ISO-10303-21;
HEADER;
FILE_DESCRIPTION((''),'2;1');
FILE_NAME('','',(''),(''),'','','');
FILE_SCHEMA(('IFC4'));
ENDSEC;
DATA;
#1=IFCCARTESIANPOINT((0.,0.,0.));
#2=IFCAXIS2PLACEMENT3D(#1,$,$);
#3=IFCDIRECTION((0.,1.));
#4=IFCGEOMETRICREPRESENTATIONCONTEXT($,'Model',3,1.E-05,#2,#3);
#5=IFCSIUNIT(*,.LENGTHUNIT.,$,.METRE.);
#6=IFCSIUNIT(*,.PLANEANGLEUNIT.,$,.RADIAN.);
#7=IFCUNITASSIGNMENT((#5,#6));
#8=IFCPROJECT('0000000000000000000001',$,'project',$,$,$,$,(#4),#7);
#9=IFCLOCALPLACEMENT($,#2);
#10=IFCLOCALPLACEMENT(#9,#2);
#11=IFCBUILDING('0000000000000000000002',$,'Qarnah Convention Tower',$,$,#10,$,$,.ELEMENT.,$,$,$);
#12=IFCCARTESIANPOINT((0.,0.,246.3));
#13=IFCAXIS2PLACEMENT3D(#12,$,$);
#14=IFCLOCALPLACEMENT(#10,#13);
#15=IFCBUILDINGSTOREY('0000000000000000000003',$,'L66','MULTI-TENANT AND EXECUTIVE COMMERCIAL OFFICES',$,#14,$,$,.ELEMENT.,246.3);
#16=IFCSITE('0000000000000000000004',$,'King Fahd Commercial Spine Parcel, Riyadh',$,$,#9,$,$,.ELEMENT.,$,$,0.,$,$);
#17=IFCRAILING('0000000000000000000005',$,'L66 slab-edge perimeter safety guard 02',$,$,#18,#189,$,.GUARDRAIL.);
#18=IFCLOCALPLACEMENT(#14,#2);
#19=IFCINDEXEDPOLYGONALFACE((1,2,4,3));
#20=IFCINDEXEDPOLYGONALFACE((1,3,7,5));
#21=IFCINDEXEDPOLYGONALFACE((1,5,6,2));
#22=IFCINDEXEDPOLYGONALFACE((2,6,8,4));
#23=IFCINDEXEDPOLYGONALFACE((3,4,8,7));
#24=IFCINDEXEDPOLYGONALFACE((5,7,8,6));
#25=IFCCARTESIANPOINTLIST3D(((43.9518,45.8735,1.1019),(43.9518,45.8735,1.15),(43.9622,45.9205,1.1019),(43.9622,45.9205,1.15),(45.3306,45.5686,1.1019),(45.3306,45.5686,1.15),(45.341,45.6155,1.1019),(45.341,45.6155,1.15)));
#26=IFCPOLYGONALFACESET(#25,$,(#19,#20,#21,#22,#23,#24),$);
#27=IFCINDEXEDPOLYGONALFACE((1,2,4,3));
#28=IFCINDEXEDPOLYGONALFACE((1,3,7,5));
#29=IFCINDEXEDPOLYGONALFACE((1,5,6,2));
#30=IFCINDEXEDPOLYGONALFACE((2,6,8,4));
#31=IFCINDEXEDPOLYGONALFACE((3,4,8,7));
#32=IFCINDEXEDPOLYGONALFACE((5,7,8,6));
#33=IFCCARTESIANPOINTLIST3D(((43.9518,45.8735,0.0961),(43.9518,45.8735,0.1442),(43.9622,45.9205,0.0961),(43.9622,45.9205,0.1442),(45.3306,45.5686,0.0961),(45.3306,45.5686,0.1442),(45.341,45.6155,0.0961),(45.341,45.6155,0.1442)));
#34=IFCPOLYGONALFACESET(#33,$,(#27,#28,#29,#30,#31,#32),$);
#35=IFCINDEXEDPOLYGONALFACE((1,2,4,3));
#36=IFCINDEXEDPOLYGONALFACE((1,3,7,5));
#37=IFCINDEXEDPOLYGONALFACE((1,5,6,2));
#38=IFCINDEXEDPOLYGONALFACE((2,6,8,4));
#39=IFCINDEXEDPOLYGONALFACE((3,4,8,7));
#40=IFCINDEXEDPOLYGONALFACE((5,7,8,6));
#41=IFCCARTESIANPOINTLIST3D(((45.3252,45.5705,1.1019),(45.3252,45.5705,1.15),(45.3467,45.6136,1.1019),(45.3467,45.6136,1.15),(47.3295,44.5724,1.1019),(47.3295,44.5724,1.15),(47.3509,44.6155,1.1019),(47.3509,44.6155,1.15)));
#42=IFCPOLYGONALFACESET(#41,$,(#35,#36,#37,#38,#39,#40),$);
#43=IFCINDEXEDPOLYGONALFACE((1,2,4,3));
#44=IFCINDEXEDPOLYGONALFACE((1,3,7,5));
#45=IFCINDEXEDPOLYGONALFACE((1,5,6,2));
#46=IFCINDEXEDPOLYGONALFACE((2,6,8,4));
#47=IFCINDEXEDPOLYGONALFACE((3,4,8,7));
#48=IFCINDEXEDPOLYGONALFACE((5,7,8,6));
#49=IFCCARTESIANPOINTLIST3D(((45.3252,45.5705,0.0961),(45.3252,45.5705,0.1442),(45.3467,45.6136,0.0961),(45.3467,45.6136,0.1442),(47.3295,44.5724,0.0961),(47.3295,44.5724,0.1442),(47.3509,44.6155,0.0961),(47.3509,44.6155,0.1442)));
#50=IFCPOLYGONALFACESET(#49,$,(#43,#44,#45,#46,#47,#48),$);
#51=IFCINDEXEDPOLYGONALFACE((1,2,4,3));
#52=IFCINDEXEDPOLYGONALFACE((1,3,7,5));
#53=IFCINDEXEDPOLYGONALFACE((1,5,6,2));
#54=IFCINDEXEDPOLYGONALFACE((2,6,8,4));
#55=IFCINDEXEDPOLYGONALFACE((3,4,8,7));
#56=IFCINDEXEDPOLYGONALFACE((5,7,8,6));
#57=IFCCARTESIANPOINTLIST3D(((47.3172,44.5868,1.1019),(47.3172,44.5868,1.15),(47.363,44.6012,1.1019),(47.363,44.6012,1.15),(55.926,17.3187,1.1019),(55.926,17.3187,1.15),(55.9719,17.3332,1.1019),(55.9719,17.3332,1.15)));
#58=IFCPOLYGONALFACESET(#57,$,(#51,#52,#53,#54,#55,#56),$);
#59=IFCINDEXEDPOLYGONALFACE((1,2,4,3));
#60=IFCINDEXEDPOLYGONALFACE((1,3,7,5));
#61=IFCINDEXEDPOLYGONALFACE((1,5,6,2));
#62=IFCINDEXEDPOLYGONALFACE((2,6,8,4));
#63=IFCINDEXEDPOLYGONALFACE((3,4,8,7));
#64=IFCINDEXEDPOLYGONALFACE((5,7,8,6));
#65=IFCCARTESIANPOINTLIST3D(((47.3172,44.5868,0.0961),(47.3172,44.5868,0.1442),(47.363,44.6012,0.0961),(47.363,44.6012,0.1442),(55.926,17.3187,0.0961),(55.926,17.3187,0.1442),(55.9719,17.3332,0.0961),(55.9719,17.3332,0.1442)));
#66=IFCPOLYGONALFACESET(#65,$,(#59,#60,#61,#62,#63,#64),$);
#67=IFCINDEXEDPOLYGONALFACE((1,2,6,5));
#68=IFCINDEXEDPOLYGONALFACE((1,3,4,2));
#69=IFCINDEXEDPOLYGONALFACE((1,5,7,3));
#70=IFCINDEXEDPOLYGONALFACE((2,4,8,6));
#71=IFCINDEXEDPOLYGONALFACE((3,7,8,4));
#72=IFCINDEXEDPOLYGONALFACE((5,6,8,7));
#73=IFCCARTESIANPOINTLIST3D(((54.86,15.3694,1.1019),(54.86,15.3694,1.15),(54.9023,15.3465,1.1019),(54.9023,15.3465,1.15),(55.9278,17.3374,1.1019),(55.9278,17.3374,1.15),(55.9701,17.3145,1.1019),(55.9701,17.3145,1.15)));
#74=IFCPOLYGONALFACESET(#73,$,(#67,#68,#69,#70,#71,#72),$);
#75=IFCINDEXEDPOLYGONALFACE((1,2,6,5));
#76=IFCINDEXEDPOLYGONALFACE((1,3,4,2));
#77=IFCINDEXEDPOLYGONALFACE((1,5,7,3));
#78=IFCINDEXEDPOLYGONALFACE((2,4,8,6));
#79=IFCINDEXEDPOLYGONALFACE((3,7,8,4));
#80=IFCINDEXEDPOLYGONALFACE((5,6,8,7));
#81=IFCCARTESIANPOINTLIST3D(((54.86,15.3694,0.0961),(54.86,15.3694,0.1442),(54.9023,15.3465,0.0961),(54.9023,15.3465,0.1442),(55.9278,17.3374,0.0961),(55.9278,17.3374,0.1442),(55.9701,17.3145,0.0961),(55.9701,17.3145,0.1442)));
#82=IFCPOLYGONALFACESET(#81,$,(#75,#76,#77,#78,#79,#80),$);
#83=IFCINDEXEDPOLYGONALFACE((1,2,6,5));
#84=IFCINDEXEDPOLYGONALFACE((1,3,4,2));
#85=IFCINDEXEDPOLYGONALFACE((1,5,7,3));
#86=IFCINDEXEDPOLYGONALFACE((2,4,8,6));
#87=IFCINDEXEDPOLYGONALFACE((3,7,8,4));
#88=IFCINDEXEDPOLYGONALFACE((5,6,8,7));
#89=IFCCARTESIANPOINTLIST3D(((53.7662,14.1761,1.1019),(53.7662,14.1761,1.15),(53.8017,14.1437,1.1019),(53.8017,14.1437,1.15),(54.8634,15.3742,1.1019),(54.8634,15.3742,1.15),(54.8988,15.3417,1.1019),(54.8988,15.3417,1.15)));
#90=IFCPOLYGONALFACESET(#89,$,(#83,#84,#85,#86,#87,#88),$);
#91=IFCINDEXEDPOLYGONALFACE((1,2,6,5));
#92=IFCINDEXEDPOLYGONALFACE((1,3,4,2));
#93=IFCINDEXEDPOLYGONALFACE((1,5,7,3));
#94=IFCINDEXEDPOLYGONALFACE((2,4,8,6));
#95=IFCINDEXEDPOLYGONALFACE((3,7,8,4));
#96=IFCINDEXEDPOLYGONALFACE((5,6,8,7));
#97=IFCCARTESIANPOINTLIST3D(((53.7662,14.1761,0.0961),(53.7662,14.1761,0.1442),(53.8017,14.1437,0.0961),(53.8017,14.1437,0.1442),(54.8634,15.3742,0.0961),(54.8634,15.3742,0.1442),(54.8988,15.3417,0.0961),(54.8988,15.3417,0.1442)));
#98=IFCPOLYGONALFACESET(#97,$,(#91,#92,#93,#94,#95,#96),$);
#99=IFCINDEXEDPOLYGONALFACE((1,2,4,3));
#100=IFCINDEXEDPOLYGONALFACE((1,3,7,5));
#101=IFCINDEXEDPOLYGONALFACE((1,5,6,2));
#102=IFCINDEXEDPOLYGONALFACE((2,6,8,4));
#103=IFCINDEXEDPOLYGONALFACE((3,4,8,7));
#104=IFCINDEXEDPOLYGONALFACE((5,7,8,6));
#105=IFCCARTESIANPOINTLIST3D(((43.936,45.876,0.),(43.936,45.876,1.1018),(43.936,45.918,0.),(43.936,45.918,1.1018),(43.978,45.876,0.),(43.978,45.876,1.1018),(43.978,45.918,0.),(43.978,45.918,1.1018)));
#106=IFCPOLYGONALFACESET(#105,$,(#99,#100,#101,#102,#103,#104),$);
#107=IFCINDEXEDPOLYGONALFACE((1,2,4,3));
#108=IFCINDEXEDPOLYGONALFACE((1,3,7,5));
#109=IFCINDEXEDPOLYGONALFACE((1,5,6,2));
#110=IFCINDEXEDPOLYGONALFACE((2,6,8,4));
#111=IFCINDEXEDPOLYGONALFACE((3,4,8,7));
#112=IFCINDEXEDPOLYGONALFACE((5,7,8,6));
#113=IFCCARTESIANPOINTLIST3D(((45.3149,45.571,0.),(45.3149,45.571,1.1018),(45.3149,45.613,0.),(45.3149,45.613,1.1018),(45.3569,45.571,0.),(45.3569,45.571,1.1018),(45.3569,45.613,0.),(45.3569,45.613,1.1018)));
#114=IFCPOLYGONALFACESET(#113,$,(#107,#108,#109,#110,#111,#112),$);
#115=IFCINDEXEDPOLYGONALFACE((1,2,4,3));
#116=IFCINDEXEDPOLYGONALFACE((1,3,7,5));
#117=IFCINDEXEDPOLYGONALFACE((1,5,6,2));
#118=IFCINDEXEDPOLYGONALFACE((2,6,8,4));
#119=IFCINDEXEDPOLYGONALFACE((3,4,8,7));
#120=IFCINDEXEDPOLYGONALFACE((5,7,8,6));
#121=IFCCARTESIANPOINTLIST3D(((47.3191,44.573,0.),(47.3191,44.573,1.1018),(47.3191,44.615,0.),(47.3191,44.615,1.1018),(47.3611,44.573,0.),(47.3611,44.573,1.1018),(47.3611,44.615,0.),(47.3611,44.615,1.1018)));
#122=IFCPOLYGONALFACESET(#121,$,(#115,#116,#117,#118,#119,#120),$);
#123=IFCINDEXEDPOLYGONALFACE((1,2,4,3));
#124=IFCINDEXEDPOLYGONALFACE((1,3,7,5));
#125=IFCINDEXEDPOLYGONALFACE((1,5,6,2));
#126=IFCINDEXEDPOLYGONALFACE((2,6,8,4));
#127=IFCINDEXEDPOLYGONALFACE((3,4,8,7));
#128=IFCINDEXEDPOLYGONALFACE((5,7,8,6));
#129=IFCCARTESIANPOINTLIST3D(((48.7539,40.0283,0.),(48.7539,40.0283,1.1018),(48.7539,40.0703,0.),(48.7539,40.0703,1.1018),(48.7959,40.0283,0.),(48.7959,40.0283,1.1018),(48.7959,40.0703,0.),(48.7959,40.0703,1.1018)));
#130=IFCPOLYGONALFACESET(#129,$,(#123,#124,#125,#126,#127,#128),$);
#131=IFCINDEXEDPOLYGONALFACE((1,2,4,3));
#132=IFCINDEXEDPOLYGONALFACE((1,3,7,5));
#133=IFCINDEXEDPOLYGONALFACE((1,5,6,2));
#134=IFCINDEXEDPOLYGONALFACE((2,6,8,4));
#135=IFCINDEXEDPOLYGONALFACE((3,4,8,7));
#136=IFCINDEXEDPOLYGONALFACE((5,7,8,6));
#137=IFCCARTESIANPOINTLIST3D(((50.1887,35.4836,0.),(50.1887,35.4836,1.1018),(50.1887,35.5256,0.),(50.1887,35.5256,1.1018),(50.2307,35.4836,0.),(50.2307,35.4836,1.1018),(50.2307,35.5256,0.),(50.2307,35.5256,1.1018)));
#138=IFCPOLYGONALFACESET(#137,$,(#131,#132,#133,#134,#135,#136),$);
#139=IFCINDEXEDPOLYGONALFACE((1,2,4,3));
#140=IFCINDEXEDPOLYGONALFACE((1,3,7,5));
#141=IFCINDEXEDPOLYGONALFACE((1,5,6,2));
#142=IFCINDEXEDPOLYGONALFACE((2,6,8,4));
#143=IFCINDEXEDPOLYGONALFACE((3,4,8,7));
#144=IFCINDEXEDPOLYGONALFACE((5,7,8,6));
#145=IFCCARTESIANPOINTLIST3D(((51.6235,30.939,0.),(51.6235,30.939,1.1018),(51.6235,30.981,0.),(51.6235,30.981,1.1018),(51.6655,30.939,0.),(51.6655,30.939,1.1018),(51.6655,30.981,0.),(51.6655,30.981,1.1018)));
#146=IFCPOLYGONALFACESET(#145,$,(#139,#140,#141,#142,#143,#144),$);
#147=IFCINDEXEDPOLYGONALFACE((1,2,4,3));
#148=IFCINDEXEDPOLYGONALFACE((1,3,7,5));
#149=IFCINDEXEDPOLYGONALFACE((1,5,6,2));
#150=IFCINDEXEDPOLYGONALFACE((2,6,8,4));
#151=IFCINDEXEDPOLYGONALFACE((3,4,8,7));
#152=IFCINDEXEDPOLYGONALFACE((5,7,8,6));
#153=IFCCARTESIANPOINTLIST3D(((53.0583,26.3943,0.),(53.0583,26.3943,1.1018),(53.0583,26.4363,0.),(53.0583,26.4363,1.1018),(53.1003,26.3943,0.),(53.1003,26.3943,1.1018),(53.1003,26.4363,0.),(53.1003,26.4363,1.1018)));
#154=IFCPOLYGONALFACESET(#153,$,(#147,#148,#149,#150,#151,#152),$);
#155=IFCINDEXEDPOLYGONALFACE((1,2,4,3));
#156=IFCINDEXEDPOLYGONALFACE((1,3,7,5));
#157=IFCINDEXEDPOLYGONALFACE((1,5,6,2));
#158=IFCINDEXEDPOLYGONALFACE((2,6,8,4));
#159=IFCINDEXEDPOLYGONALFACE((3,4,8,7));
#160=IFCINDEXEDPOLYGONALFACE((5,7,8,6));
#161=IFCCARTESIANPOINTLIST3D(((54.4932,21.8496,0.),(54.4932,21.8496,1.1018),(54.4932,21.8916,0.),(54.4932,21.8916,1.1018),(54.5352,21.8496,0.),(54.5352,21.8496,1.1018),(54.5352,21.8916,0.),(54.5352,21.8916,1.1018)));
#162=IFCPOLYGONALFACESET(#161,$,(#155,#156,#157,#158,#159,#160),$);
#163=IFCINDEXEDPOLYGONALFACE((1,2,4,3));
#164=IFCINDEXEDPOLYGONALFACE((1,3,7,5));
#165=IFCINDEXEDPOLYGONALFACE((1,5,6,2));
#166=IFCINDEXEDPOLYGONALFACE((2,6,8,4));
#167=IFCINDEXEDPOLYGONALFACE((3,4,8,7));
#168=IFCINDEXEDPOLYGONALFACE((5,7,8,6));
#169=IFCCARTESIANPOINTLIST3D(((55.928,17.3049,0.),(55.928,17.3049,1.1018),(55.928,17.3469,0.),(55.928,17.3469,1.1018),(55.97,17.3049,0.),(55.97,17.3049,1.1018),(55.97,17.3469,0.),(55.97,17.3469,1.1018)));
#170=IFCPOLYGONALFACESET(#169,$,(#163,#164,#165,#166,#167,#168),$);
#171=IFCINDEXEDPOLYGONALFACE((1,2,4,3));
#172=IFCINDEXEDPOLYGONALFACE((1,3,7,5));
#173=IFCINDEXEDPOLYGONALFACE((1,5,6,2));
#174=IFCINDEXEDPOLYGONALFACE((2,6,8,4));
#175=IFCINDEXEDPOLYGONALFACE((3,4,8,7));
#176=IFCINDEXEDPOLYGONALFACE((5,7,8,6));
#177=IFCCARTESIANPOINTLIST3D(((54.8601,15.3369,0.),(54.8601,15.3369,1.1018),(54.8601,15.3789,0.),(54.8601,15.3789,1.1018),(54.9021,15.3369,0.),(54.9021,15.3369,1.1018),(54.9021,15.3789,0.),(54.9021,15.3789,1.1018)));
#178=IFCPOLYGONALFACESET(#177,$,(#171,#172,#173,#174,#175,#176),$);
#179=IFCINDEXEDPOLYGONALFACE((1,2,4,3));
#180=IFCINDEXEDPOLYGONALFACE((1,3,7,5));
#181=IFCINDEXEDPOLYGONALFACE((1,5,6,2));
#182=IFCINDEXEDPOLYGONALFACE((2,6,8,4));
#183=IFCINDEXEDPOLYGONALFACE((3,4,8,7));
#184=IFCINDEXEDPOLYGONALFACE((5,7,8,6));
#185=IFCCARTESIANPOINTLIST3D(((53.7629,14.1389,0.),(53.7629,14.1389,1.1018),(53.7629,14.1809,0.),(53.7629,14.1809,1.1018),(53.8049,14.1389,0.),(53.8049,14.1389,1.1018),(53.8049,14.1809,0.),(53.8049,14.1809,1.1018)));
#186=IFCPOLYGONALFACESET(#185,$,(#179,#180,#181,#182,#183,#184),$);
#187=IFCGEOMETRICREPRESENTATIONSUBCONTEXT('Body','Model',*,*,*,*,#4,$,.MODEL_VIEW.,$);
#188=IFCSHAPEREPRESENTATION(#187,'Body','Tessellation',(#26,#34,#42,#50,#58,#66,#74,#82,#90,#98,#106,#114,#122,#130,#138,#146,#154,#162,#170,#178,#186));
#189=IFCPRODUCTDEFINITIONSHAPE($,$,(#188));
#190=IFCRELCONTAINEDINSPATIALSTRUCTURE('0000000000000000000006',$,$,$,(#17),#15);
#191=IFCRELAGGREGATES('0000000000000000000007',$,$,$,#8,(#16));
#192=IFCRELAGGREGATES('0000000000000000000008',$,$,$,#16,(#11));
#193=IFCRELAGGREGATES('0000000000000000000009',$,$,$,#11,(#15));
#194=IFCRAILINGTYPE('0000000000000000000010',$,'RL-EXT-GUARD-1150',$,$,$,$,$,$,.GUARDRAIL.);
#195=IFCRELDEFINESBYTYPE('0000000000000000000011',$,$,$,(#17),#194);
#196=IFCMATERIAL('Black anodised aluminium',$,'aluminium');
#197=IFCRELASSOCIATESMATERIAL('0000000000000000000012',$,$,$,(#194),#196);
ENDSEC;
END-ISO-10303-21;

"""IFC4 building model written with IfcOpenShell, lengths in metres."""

from ifc_helpers import new_model, si_unit, direction, frame, origin, origin_2d, place, context, subcontext, project, spatial, rectangle, extrude, material, type_object, element, save


model = new_model("IFC4")

# Units and contexts
model_context = context("Model", 3, precision=1e-05, world=origin(), true_north=direction((0.0, 1.0)))
body_context = subcontext(model_context, "Body", "Model", "MODEL_VIEW")
ifc_project = project(units=[si_unit("LENGTHUNIT", "METRE"), si_unit("PLANEANGLEUNIT", "RADIAN")], contexts=[model_context])

# Site, building, storey
site_placement = place(None, origin())
site = spatial("IfcSite", under=ifc_project, at=site_placement, Name="King Fahd Commercial Spine Parcel, Riyadh", CompositionType="ELEMENT", RefElevation=0.0)
building_placement = place(site_placement, origin())
building = spatial("IfcBuilding", under=site, at=building_placement, Name="Qarnah Convention Tower", CompositionType="ELEMENT")
storey_placement = place(building_placement, frame((0.0, 0.0, 246.3)))
storey = spatial("IfcBuildingStorey", under=building, at=storey_placement, Name="L66", Description="MULTI-TENANT AND EXECUTIVE COMMERCIAL OFFICES", CompositionType="ELEMENT", Elevation=246.3)

# Shared definitions
ifc_material_1 = material(Name="Black anodised aluminium", Category="aluminium")

# Railing
railing_type = type_object("IfcRailingType", Name="RL-EXT-GUARD-1150", PredefinedType="GUARDRAIL", material=ifc_material_1)
railing_1_placement = place(storey_placement, frame((43.957, 45.897, 0.0)))
element("IfcRailing", 1, at=railing_1_placement, inside=storey, type_object=railing_type, Name="L66 slab-edge perimeter safety guard 02", PredefinedType="GUARDRAIL", context=body_context, shape_type="SweptSolid", body=[
    extrude(rectangle(XDim=0.0481, YDim=0.0481, at=origin_2d()), frame((0.0, 0.0, 1.126), z_axis=(0.97641, -0.215924, 0.0), x_axis=(0.215924, 0.97641, 0.0)), (0.0, 0.0, 1.0), 1.4121),
    extrude(rectangle(XDim=0.0481, YDim=0.0481, at=origin_2d()), frame((0.0, 0.0, 0.1201), z_axis=(0.97641, -0.215924, 0.0), x_axis=(0.215924, 0.97641, 0.0)), (0.0, 0.0, 1.0), 1.4121),
    extrude(rectangle(XDim=0.0481, YDim=0.0481, at=origin_2d()), frame((1.3789, -0.3049, 1.126), z_axis=(0.895146, -0.445774, 0.0), x_axis=(0.445774, 0.895146, 0.0)), (0.0, 0.0, 1.0), 2.239),
    extrude(rectangle(XDim=0.0481, YDim=0.0481, at=origin_2d()), frame((1.3789, -0.3049, 0.1201), z_axis=(0.895146, -0.445774, 0.0), x_axis=(0.445774, 0.895146, 0.0)), (0.0, 0.0, 1.0), 2.239),
    extrude(rectangle(XDim=0.0481, YDim=0.0481, at=origin_2d()), frame((3.3831, -1.303, 1.126), z_axis=(0.301065, -0.953604, 0.0), x_axis=(0.953604, 0.301065, 0.0)), (0.0, 0.0, 1.0), 28.5947),
    extrude(rectangle(XDim=0.0481, YDim=0.0481, at=origin_2d()), frame((3.3831, -1.303, 0.1201), z_axis=(0.301065, -0.953604, 0.0), x_axis=(0.953604, 0.301065, 0.0)), (0.0, 0.0, 1.0), 28.5947),
    extrude(rectangle(XDim=0.0481, YDim=0.0481, at=origin_2d()), frame((11.9919, -28.571, 1.126), z_axis=(-0.476926, -0.878944, 0.0), x_axis=(0.878944, -0.476926, 0.0)), (0.0, 0.0, 1.0), 2.239),
    extrude(rectangle(XDim=0.0481, YDim=0.0481, at=origin_2d()), frame((11.9919, -28.571, 0.1201), z_axis=(-0.476926, -0.878944, 0.0), x_axis=(0.878944, -0.476926, 0.0)), (0.0, 0.0, 1.0), 2.239),
    extrude(rectangle(XDim=0.0481, YDim=0.0481, at=origin_2d()), frame((10.9241, -30.5391, 1.126), z_axis=(-0.675391, -0.73746, 0.0), x_axis=(0.73746, -0.675391, 0.0)), (0.0, 0.0, 1.0), 1.6245),
    extrude(rectangle(XDim=0.0481, YDim=0.0481, at=origin_2d()), frame((10.9241, -30.5391, 0.1201), z_axis=(-0.675391, -0.73746, 0.0), x_axis=(0.73746, -0.675391, 0.0)), (0.0, 0.0, 1.0), 1.6245),
    extrude(rectangle(XDim=0.042, YDim=0.042, at=origin_2d()), origin(), (0.0, 0.0, 1.0), 1.1018),
    extrude(rectangle(XDim=0.042, YDim=0.042, at=origin_2d()), frame((1.3789, -0.3049, 0.0)), (0.0, 0.0, 1.0), 1.1018),
    extrude(rectangle(XDim=0.042, YDim=0.042, at=origin_2d()), frame((3.3831, -1.303, 0.0)), (0.0, 0.0, 1.0), 1.1018),
    extrude(rectangle(XDim=0.042, YDim=0.042, at=origin_2d()), frame((4.8179, -5.8477, 0.0)), (0.0, 0.0, 1.0), 1.1018),
    extrude(rectangle(XDim=0.042, YDim=0.042, at=origin_2d()), frame((6.2527, -10.3923, 0.0)), (0.0, 0.0, 1.0), 1.1018),
    extrude(rectangle(XDim=0.042, YDim=0.042, at=origin_2d()), frame((7.6875, -14.937, 0.0)), (0.0, 0.0, 1.0), 1.1018),
    extrude(rectangle(XDim=0.042, YDim=0.042, at=origin_2d()), frame((9.1223, -19.4817, 0.0)), (0.0, 0.0, 1.0), 1.1018),
    extrude(rectangle(XDim=0.042, YDim=0.042, at=origin_2d()), frame((10.5571, -24.0264, 0.0)), (0.0, 0.0, 1.0), 1.1018),
    extrude(rectangle(XDim=0.042, YDim=0.042, at=origin_2d()), frame((11.9919, -28.571, 0.0)), (0.0, 0.0, 1.0), 1.1018),
    extrude(rectangle(XDim=0.042, YDim=0.042, at=origin_2d()), frame((10.9241, -30.5391, 0.0)), (0.0, 0.0, 1.0), 1.1018),
    extrude(rectangle(XDim=0.042, YDim=0.042, at=origin_2d()), frame((9.8269, -31.7371, 0.0)), (0.0, 0.0, 1.0), 1.1018),
])

save(model, "model.ifc")
